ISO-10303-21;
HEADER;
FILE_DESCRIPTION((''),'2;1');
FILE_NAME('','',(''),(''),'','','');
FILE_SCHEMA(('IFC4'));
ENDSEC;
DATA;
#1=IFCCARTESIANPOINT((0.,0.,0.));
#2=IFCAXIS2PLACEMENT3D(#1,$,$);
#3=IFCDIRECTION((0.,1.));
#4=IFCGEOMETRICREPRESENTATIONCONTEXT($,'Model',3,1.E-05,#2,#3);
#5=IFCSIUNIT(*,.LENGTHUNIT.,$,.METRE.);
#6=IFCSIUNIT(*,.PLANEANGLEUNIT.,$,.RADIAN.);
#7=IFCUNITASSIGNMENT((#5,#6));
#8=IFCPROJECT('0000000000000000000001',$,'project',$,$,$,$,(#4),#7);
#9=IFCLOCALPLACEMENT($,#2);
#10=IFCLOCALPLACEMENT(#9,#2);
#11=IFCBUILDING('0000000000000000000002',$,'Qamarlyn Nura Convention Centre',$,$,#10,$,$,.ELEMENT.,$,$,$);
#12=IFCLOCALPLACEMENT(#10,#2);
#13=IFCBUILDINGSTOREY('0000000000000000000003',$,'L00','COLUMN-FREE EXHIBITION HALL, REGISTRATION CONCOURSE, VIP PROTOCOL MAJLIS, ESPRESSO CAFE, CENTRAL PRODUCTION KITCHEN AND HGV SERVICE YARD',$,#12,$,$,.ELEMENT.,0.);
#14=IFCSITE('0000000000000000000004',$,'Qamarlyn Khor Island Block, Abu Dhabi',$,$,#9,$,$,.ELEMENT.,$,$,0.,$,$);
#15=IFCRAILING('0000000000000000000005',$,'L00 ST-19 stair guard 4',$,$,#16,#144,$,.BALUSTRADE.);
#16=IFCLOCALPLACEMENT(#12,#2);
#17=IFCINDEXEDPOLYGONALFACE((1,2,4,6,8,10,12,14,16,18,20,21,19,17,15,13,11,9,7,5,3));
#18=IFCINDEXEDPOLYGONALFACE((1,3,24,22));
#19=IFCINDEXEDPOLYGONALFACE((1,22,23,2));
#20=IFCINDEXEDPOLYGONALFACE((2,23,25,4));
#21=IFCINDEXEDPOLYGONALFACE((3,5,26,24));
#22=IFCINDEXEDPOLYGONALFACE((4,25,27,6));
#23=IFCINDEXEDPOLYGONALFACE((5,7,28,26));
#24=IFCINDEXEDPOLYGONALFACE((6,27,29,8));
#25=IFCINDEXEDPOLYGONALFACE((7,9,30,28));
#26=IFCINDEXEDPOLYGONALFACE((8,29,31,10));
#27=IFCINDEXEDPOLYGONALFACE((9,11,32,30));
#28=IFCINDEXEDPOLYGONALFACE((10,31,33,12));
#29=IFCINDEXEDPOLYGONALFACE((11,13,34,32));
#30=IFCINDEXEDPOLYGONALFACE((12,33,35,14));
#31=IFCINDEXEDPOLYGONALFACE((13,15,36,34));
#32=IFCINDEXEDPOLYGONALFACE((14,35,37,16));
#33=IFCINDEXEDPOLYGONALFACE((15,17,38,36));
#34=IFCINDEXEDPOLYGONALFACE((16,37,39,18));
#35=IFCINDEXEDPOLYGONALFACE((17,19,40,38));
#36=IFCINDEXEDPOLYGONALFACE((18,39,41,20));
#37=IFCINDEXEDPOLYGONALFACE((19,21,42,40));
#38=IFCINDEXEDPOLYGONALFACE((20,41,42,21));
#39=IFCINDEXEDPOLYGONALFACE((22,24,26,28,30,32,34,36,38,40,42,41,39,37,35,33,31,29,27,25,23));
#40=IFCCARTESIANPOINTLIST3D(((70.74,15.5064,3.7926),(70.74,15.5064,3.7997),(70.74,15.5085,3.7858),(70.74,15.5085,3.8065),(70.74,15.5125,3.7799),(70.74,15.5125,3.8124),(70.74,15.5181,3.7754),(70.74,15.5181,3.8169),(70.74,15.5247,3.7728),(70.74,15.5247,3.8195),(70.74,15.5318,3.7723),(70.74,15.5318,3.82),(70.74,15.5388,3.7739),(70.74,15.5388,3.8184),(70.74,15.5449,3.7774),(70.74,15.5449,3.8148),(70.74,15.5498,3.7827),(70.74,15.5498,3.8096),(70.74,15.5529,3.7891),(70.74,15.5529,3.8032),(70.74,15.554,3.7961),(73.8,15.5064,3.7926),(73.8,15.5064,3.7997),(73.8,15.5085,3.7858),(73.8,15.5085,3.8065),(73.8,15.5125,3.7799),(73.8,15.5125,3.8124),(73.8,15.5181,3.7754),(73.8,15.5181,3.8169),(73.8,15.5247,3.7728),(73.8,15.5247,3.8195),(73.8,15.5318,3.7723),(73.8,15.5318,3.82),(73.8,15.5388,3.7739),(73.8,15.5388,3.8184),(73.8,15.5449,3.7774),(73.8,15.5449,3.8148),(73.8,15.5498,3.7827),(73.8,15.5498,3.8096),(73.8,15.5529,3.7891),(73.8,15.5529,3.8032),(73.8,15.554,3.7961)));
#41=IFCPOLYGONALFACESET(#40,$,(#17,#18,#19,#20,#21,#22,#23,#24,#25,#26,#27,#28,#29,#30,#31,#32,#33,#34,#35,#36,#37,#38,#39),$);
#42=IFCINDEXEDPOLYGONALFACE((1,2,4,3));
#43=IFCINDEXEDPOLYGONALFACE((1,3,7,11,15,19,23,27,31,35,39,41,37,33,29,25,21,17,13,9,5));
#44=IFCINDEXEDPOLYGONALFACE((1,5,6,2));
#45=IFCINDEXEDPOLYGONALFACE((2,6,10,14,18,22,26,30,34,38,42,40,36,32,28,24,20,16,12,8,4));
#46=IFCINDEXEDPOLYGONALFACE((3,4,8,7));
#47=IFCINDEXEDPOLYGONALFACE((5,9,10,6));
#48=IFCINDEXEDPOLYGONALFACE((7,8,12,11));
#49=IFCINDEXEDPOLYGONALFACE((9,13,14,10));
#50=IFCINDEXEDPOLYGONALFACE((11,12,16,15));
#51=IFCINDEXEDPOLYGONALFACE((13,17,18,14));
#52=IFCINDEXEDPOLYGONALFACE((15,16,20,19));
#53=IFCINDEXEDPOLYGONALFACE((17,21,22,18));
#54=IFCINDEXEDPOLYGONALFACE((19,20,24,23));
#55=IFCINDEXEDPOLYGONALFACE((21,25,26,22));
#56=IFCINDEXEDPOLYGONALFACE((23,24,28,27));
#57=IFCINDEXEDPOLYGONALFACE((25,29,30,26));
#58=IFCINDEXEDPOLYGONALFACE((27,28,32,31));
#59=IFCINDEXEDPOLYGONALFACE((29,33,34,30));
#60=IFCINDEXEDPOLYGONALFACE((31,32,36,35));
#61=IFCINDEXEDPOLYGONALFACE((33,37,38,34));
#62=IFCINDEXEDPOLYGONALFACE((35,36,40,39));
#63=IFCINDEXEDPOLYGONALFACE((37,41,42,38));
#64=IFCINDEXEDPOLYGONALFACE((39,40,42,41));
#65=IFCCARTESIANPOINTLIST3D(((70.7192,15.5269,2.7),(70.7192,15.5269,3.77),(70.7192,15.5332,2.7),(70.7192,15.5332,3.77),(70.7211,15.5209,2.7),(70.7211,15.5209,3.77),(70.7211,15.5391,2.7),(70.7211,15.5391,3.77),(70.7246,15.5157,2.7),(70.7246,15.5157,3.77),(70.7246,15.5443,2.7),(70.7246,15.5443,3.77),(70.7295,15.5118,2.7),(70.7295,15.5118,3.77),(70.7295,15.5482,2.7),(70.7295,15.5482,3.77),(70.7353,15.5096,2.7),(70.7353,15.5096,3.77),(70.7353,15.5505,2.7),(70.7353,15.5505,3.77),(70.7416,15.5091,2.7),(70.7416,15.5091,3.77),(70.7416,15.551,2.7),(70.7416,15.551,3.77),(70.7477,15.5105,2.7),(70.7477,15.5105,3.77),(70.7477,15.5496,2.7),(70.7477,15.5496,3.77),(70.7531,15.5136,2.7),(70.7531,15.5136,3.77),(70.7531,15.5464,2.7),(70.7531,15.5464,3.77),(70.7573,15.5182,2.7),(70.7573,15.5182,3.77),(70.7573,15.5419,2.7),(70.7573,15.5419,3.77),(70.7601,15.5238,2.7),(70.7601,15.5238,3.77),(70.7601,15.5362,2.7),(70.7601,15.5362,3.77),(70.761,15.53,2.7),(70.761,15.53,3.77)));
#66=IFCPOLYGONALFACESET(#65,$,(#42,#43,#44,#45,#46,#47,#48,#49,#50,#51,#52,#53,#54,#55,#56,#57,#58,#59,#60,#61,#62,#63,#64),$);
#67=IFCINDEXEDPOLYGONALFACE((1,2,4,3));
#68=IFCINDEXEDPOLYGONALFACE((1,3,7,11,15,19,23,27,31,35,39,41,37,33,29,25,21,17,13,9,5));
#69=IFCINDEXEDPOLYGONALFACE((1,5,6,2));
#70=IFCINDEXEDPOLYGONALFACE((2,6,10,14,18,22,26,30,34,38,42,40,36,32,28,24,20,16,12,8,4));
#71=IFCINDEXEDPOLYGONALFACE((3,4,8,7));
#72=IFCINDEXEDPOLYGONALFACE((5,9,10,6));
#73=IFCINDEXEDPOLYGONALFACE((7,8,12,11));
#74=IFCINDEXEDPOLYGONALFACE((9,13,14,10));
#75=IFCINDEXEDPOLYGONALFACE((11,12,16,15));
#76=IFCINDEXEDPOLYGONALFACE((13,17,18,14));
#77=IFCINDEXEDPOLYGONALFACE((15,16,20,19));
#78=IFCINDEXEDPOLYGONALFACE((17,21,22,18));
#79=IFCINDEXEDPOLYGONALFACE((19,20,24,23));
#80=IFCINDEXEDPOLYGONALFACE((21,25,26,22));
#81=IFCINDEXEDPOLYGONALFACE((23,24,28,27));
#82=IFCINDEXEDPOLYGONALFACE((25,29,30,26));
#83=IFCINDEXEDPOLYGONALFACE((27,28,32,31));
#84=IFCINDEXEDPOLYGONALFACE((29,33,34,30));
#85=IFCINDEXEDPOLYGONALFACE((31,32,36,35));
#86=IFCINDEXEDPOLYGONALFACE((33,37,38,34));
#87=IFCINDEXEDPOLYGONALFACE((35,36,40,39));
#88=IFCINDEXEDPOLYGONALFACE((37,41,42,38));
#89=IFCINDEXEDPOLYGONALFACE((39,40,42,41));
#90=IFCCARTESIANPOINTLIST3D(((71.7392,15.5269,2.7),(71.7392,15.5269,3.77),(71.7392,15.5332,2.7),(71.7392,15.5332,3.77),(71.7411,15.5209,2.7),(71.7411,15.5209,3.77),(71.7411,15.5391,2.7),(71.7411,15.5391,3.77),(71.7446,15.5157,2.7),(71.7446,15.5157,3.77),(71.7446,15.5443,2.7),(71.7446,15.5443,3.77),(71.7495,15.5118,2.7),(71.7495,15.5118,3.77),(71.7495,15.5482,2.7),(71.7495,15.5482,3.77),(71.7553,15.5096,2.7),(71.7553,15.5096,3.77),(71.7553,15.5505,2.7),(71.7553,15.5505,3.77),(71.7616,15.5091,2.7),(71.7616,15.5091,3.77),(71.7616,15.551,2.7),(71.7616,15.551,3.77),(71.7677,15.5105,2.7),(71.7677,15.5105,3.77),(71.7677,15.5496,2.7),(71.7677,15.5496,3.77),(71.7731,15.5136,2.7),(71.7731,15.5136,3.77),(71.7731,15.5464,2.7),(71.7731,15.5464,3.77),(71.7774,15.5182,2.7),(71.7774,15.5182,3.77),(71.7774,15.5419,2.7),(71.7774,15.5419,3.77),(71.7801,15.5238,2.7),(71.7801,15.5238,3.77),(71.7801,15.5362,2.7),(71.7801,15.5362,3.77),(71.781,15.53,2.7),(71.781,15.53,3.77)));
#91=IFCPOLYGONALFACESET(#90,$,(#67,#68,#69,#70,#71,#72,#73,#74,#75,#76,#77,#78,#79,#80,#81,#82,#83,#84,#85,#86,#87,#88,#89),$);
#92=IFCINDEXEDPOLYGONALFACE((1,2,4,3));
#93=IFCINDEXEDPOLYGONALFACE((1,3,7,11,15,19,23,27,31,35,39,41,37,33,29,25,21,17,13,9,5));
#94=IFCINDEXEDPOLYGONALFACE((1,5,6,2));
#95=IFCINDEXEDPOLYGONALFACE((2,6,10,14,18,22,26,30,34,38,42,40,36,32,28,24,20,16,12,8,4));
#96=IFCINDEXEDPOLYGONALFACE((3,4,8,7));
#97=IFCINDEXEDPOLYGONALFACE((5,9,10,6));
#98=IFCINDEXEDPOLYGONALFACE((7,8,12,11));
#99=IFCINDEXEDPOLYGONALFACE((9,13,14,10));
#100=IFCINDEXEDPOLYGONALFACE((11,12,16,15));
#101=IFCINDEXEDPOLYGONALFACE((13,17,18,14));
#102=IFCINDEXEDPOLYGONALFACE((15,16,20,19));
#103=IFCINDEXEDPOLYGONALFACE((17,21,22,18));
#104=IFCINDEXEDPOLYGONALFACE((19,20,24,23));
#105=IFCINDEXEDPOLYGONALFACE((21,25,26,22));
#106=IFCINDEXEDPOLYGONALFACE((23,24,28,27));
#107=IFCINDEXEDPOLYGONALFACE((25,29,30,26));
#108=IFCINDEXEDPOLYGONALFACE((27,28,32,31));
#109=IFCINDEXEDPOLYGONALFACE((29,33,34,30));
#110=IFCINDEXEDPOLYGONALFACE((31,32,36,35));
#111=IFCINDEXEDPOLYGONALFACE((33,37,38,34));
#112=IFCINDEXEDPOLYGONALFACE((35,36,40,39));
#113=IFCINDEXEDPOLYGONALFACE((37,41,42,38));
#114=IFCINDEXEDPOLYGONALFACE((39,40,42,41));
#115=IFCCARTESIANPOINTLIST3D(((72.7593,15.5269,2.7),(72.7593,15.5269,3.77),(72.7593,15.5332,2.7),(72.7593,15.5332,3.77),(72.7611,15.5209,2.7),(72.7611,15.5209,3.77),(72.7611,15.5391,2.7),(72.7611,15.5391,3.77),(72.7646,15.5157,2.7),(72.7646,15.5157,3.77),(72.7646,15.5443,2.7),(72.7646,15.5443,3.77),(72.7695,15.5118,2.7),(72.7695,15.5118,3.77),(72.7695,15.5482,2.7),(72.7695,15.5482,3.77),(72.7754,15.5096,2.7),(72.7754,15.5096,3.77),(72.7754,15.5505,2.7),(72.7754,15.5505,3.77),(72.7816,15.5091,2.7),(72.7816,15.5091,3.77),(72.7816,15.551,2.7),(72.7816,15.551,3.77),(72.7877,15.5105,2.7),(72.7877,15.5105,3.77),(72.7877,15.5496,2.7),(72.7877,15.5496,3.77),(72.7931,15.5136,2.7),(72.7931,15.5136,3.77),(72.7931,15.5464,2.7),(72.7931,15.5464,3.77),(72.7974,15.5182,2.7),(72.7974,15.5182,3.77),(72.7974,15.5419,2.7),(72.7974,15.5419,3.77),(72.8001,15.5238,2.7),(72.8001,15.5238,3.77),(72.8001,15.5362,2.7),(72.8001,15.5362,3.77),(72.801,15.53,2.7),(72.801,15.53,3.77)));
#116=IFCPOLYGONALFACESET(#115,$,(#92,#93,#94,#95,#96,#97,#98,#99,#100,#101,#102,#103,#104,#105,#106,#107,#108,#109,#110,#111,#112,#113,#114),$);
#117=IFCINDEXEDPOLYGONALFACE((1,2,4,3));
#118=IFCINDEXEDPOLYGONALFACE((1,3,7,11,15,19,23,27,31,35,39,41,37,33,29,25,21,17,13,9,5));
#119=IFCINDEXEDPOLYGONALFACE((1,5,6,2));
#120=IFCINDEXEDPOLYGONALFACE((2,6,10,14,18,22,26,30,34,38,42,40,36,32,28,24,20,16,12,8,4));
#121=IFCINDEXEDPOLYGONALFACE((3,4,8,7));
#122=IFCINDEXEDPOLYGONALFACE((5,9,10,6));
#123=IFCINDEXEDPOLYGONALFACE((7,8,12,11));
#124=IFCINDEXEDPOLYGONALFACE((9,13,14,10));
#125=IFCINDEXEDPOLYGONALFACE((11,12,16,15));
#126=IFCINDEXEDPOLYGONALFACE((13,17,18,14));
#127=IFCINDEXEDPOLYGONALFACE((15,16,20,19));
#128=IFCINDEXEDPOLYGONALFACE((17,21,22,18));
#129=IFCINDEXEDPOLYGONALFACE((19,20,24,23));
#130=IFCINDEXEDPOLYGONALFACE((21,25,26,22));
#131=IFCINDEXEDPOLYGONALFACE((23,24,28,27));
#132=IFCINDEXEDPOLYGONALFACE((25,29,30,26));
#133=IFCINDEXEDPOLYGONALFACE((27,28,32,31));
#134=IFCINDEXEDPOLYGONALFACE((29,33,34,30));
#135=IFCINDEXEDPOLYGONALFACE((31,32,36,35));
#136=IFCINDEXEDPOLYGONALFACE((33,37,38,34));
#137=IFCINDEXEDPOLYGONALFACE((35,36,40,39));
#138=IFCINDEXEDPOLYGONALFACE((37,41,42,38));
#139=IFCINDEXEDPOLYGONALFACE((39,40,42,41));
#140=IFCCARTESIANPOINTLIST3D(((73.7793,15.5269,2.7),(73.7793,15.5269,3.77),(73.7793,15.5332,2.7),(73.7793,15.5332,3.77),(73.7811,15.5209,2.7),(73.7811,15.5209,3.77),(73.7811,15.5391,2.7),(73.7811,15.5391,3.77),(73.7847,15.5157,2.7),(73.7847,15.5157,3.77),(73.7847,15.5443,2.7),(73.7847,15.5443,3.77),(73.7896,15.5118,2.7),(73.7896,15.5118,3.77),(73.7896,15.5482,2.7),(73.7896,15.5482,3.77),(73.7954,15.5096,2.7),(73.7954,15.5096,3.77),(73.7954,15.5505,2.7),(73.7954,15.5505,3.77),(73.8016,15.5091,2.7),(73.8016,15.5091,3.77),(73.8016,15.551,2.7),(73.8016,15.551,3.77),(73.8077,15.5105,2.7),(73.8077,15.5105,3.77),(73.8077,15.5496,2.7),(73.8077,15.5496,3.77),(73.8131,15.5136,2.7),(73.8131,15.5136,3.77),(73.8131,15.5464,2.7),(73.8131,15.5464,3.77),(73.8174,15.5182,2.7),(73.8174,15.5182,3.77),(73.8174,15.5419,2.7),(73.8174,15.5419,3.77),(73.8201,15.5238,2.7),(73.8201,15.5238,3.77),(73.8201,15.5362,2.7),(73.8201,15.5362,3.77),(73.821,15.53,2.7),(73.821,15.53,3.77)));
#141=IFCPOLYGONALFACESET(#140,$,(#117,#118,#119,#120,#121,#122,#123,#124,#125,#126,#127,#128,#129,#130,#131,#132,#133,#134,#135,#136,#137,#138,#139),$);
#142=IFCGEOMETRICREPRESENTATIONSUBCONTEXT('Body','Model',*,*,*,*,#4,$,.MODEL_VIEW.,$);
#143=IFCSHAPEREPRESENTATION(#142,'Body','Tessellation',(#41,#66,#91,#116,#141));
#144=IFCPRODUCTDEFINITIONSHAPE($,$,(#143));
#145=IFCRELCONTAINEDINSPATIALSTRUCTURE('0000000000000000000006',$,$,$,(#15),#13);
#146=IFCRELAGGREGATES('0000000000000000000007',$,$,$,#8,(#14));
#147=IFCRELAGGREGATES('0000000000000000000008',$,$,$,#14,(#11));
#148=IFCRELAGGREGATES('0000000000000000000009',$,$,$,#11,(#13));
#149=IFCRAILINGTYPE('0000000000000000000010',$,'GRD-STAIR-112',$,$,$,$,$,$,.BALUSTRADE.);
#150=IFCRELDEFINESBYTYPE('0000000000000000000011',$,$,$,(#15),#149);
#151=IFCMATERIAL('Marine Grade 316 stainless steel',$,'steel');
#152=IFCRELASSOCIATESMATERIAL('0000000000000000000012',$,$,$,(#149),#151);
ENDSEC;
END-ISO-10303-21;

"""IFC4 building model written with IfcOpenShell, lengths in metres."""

from ifc_helpers import new_model, si_unit, direction, frame, origin, origin_2d, place, context, subcontext, project, spatial, circle, extrude, material, type_object, element, save


model = new_model("IFC4")

# Units and contexts
model_context = context("Model", 3, precision=1e-05, world=origin(), true_north=direction((0.0, 1.0)))
body_context = subcontext(model_context, "Body", "Model", "MODEL_VIEW")
ifc_project = project(units=[si_unit("LENGTHUNIT", "METRE"), si_unit("PLANEANGLEUNIT", "RADIAN")], contexts=[model_context])

# Site, building, storey
site_placement = place(None, origin())
site = spatial("IfcSite", under=ifc_project, at=site_placement, Name="Qamarlyn Khor Island Block, Abu Dhabi", CompositionType="ELEMENT", RefElevation=0.0)
building_placement = place(site_placement, origin())
building = spatial("IfcBuilding", under=site, at=building_placement, Name="Qamarlyn Nura Convention Centre", CompositionType="ELEMENT")
storey_placement = place(building_placement, origin())
storey = spatial("IfcBuildingStorey", under=building, at=storey_placement, Name="L00", Description="COLUMN-FREE EXHIBITION HALL, REGISTRATION CONCOURSE, VIP PROTOCOL MAJLIS, ESPRESSO CAFE, CENTRAL PRODUCTION KITCHEN AND HGV SERVICE YARD", CompositionType="ELEMENT", Elevation=0.0)

# Railing
ifc_material_1 = material(Name="Marine Grade 316 stainless steel", Category="steel")
railing_type_1 = type_object("IfcRailingType", Name="GRD-STAIR-112", PredefinedType="BALUSTRADE", material=ifc_material_1)
railing_1_placement = place(storey_placement, frame((70.74, 15.53, 2.7)))
element("IfcRailing", 1, at=railing_1_placement, inside=storey, type_object=railing_type_1, Name="L00 ST-19 stair guard 4", PredefinedType="BALUSTRADE", context=body_context, shape_type="SweptSolid", body=[
    extrude(circle(Radius=0.0239, at=origin_2d()), frame((0.0, 0.0, 1.0962), z_axis=(1.0, 0.0, 0.0), x_axis=(0.0, 1.0, 0.0)), (0.0, 0.0, 1.0), 3.0601),
    extrude(circle(Radius=0.021, at=origin_2d()), origin(), (0.0, 0.0, 1.0), 1.0701),
    extrude(circle(Radius=0.021, at=origin_2d()), frame((1.02, 0.0, 0.0)), (0.0, 0.0, 1.0), 1.0701),
    extrude(circle(Radius=0.021, at=origin_2d()), frame((2.04, 0.0, 0.0)), (0.0, 0.0, 1.0), 1.0701),
    extrude(circle(Radius=0.021, at=origin_2d()), frame((3.0601, 0.0, 0.0)), (0.0, 0.0, 1.0), 1.0701),
])

save(model, "model.ifc")
